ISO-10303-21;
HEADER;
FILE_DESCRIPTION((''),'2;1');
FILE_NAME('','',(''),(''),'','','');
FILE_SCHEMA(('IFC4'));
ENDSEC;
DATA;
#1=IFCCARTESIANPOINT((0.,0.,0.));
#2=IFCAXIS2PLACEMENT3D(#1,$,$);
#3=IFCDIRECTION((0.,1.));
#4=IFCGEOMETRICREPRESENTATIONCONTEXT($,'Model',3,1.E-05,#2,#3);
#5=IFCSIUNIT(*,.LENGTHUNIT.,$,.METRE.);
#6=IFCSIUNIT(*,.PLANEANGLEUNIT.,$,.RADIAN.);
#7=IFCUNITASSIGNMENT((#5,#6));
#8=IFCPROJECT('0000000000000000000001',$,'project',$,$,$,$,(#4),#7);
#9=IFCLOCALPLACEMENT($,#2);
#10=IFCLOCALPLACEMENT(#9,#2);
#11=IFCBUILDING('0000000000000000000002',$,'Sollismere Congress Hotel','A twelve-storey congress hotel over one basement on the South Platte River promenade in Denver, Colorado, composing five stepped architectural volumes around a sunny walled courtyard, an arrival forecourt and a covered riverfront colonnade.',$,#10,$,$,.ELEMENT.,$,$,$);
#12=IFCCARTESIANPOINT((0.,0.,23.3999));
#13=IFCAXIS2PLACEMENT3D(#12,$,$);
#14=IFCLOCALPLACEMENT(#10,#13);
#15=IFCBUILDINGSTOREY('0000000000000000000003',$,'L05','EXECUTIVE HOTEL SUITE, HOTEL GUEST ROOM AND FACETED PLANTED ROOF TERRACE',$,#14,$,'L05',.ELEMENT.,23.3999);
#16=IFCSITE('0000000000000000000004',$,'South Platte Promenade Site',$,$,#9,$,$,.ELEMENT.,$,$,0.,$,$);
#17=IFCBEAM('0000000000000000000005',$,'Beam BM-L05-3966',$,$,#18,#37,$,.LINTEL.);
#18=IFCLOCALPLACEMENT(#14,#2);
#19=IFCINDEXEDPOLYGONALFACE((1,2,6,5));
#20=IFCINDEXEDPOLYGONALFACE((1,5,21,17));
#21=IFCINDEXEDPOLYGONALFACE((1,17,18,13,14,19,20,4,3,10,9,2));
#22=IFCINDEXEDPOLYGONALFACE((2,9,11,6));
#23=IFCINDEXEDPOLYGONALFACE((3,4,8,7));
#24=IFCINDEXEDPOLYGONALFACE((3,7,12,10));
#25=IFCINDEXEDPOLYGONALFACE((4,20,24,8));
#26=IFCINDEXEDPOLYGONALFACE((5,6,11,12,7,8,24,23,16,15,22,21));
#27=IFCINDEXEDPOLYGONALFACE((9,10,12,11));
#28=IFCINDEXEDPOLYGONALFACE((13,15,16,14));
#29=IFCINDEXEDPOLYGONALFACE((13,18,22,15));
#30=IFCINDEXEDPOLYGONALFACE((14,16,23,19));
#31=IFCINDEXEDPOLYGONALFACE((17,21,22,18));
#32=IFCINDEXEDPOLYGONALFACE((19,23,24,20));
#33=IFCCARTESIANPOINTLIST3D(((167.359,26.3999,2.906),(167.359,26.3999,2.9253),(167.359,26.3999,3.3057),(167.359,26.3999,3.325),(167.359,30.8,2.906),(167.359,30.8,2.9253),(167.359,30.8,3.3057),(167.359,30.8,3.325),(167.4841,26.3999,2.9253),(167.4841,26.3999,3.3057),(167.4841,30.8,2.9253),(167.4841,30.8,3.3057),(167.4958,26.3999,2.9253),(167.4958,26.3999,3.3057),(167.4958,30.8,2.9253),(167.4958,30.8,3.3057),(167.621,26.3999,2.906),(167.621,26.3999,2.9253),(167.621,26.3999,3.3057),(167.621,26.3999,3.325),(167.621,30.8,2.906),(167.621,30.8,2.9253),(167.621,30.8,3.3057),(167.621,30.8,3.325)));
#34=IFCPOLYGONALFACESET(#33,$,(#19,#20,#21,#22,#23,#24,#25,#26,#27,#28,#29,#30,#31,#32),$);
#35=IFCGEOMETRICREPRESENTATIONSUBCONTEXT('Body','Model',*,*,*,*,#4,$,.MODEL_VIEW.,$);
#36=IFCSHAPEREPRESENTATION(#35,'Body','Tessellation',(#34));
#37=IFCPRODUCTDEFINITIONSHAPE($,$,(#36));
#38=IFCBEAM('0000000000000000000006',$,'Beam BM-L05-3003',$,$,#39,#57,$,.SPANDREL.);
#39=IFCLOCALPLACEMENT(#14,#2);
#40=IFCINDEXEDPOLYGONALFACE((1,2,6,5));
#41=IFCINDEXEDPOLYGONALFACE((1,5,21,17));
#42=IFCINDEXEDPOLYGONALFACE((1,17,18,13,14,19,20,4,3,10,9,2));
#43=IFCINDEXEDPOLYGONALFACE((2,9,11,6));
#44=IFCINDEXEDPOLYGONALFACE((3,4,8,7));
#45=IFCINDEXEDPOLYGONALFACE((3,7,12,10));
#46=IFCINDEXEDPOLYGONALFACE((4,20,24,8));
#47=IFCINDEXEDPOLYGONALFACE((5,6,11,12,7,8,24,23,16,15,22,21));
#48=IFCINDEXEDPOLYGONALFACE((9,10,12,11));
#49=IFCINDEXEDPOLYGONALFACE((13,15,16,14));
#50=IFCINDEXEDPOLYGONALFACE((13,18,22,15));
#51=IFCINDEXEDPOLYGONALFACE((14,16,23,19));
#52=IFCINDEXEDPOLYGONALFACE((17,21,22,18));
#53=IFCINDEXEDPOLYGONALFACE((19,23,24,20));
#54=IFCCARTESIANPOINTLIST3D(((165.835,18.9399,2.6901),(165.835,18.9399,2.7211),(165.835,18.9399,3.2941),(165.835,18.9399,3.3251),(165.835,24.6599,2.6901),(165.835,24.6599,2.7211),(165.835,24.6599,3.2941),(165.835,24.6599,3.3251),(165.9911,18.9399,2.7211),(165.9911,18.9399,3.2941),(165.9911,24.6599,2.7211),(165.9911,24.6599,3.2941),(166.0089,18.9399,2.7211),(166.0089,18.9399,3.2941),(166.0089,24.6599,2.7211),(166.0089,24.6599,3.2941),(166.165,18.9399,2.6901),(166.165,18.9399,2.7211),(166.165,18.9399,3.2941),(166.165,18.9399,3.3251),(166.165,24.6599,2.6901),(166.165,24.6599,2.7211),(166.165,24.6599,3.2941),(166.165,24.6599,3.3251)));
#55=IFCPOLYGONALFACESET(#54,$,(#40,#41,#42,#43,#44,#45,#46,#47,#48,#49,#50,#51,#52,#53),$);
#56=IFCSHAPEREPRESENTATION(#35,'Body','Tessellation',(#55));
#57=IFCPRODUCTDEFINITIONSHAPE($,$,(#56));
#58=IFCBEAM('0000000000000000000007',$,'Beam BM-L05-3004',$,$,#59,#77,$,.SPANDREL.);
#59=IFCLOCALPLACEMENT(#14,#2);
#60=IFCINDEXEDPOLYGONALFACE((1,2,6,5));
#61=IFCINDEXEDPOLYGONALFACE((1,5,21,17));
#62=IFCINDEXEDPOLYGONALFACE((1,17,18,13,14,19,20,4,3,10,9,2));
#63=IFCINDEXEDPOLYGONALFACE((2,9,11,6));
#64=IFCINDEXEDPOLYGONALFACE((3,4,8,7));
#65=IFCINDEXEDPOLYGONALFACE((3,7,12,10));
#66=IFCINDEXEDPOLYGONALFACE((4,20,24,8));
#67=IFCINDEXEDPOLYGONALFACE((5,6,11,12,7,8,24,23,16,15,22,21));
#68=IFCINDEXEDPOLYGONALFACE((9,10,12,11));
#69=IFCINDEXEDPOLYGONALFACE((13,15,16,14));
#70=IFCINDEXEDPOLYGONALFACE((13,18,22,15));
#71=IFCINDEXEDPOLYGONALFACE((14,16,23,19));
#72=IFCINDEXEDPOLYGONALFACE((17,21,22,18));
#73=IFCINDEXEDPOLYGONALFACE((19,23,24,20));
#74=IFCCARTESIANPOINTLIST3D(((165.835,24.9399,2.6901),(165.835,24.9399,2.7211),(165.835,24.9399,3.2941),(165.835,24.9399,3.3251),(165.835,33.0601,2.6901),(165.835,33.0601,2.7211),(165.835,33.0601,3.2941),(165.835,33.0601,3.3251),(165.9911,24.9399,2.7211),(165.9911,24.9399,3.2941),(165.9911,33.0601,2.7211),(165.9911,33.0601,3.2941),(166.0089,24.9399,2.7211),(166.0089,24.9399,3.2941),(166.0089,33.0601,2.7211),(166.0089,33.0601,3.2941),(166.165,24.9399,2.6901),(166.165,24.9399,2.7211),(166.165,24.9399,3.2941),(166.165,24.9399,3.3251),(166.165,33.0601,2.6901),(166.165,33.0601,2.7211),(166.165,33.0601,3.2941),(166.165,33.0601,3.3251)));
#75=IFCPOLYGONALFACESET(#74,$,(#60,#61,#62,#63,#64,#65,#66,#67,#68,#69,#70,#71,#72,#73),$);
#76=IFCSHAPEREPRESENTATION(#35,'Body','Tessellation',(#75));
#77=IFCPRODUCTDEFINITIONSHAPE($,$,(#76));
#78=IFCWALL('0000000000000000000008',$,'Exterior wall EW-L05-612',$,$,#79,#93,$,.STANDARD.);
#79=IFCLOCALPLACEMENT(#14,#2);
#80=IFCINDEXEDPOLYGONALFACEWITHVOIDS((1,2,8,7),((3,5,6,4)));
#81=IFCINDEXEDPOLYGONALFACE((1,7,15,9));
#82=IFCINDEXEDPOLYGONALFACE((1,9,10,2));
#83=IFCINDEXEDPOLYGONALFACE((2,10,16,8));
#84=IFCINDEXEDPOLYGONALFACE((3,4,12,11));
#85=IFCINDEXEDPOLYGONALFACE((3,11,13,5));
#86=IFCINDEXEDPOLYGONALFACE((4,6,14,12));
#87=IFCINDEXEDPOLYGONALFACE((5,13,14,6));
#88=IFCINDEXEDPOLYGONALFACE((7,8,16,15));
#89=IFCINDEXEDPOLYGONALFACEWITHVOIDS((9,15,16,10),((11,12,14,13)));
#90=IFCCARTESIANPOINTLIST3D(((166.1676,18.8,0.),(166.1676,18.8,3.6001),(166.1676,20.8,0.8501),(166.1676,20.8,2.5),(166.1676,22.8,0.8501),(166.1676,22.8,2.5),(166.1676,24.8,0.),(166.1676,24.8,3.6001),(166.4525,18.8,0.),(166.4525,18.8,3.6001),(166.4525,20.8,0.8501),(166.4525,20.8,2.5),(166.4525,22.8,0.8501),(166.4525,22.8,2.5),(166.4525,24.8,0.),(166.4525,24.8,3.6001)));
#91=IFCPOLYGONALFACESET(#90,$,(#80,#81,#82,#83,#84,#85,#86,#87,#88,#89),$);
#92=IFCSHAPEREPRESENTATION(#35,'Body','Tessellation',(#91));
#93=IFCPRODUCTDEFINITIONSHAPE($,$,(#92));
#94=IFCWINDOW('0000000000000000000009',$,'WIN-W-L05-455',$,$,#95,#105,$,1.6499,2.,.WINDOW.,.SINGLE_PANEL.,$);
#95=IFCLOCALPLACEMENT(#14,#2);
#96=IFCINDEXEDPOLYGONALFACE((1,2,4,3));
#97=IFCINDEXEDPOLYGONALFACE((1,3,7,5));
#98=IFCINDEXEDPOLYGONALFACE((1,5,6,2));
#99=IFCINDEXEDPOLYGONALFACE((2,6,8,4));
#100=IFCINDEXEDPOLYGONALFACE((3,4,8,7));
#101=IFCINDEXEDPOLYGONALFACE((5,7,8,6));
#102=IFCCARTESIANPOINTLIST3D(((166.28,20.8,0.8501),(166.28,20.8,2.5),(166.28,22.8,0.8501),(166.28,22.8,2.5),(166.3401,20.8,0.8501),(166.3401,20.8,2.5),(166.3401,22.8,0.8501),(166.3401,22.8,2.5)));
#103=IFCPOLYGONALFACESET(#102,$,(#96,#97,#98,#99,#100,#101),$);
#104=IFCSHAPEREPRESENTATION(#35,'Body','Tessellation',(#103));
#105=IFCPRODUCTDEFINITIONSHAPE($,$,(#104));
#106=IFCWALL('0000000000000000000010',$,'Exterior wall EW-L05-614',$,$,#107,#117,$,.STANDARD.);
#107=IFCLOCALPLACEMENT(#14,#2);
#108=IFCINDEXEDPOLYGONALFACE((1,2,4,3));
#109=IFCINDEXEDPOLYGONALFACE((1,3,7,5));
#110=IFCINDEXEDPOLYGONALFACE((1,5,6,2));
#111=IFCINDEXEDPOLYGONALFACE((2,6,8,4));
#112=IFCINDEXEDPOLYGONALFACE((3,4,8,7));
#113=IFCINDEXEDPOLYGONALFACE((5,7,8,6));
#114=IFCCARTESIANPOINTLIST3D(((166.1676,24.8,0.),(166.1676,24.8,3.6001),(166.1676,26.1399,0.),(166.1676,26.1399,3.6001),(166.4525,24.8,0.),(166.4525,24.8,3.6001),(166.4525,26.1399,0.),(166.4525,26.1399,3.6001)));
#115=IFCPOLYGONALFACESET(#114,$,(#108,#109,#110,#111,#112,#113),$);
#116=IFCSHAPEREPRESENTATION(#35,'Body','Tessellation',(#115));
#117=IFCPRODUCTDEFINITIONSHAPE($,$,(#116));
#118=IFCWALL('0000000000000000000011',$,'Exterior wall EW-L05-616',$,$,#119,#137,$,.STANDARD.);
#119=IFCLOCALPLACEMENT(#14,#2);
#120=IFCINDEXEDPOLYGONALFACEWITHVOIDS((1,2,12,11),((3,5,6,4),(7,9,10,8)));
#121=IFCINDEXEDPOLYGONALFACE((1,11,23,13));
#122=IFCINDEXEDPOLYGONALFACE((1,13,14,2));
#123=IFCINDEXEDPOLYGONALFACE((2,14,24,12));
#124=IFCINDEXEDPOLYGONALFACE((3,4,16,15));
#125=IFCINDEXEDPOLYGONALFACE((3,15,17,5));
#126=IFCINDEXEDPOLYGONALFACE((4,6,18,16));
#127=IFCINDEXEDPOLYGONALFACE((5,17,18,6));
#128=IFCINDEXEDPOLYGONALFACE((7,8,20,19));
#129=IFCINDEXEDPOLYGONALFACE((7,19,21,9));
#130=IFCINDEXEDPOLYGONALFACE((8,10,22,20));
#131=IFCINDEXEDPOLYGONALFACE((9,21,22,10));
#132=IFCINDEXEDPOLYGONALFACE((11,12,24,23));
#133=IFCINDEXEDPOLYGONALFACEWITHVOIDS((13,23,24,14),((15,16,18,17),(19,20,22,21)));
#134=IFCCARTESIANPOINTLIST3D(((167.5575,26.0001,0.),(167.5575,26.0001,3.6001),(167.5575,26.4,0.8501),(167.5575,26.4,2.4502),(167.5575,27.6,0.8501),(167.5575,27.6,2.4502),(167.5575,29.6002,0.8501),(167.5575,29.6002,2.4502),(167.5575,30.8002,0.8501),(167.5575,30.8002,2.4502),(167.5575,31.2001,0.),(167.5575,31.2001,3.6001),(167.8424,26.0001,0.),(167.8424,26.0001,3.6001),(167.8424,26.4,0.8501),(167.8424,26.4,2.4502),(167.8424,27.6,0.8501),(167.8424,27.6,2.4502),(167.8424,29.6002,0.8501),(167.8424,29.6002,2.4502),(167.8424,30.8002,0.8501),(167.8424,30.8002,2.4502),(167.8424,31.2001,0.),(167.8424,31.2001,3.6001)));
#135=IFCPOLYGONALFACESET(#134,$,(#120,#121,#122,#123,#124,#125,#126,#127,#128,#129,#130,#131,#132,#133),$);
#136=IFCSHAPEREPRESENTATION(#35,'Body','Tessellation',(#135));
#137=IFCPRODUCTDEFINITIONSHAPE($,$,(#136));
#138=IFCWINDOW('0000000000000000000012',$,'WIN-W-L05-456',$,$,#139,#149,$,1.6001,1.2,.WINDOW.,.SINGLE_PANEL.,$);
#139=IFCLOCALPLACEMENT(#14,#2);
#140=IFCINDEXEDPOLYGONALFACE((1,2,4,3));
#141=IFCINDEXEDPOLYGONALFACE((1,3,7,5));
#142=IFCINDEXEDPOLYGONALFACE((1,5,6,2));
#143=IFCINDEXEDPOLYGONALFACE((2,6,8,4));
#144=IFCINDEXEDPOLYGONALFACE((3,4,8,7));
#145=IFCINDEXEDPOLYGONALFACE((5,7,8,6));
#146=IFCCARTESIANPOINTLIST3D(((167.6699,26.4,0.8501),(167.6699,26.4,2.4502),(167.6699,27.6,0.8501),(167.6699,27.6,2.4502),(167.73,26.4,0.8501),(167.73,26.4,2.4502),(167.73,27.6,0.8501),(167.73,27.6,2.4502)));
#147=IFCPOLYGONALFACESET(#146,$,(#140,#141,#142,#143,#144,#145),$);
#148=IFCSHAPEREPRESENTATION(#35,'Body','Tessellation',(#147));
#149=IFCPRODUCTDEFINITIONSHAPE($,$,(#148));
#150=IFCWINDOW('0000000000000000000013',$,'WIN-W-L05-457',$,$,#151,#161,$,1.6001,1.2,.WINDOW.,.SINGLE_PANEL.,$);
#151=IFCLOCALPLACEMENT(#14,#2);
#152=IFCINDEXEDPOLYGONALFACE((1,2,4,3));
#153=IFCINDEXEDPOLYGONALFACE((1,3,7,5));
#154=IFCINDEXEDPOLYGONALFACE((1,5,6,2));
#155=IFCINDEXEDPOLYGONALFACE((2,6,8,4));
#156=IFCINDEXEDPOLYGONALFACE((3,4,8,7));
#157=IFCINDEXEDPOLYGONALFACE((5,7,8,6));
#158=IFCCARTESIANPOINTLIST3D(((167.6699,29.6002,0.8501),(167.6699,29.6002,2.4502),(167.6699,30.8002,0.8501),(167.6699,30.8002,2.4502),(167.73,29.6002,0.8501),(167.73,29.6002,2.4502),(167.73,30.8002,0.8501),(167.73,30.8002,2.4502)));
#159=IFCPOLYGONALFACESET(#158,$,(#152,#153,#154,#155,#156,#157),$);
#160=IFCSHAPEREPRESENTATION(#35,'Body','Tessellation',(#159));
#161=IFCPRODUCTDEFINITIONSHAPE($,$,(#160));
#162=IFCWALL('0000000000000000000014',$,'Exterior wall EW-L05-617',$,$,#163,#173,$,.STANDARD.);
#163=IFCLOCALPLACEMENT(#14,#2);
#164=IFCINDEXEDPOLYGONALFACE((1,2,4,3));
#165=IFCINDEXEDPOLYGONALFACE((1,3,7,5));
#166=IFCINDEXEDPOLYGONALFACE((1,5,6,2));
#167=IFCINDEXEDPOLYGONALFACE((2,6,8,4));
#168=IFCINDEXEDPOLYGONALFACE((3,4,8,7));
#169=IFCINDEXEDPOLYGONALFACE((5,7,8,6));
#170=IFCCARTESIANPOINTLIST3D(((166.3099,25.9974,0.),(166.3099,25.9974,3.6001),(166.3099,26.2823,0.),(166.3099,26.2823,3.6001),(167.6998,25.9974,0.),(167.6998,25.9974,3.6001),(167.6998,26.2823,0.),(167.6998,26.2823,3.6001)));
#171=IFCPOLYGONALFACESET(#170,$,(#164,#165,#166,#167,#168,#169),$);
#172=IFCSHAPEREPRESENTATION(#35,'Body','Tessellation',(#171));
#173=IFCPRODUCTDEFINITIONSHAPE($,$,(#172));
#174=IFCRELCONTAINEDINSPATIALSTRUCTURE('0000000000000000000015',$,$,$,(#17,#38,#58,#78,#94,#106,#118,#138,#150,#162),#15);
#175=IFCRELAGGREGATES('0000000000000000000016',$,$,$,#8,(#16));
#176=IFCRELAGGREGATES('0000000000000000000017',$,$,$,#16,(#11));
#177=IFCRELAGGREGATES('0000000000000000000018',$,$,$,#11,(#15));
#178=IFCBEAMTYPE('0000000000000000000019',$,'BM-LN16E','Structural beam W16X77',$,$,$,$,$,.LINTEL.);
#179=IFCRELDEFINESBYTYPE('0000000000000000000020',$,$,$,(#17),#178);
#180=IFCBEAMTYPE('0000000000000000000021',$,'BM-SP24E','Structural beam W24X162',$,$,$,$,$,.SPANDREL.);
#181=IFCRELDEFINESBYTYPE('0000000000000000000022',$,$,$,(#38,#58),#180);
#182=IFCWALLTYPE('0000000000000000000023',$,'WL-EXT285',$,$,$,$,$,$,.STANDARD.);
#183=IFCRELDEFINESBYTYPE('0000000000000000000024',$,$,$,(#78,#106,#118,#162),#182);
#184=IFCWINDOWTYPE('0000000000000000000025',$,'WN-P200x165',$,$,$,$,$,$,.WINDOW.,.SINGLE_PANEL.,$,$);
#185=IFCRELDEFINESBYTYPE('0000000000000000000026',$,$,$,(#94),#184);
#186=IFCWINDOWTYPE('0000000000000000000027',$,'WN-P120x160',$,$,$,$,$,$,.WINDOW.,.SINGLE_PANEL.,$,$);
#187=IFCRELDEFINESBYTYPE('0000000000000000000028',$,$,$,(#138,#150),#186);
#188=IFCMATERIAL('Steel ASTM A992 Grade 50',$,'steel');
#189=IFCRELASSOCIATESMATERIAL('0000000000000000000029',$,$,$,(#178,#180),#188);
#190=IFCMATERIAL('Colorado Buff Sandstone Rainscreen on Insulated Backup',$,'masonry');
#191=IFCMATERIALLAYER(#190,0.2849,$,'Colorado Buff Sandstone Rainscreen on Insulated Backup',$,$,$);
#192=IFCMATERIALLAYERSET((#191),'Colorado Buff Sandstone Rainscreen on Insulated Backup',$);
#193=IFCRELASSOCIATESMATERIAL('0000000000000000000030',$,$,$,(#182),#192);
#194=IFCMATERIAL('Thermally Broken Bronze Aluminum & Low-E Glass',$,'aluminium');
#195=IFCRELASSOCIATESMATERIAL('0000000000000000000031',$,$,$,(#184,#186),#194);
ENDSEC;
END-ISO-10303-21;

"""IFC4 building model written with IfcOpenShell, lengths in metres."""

from ifc_helpers import new_model, si_unit, direction, frame, frame_2d, origin, origin_2d, place, context, subcontext, project, spatial, rectangle, i_section, extrude, material, layer, layer_set, material_profile, profile_set, type_object, element, fill, save


model = new_model("IFC4")

# Units and contexts
model_context = context("Model", 3, precision=1e-05, world=origin(), true_north=direction((0.0, 1.0)))
body_context = subcontext(model_context, "Body", "Model", "MODEL_VIEW")
ifc_project = project(units=[si_unit("LENGTHUNIT", "METRE"), si_unit("PLANEANGLEUNIT", "RADIAN")], contexts=[model_context])

# Site, building, storey
site_placement = place(None, origin())
site = spatial("IfcSite", under=ifc_project, at=site_placement, Name="South Platte Promenade Site", CompositionType="ELEMENT", RefElevation=0.0)
building_placement = place(site_placement, origin())
building = spatial("IfcBuilding", under=site, at=building_placement, Name="Sollismere Congress Hotel", Description="A twelve-storey congress hotel over one basement on the South Platte River promenade in Denver, Colorado, composing five stepped architectural volumes around a sunny walled courtyard, an arrival forecourt and a covered riverfront colonnade.", CompositionType="ELEMENT")
storey_placement = place(building_placement, frame((0.0, 0.0, 23.3999)))
storey = spatial("IfcBuildingStorey", under=building, at=storey_placement, Name="L05", Description="EXECUTIVE HOTEL SUITE, HOTEL GUEST ROOM AND FACETED PLANTED ROOF TERRACE", LongName="L05", CompositionType="ELEMENT", Elevation=23.3999)

# Shared definitions
ifc_material_1 = material(Name="Steel ASTM A992 Grade 50", Category="steel")

# Beams
ifc_material_profile_1 = material_profile(ifc_material_1, i_section(OverallWidth=0.262, OverallDepth=0.4189, WebThickness=0.0117, FlangeThickness=0.0193, at=origin_2d()), Name="W16X77")
ifc_profile_set_1 = profile_set([ifc_material_profile_1], Name="Steel ASTM A992 Grade 50")
beam_type_1 = type_object("IfcBeamType", Name="BM-LN16E", Description="Structural beam W16X77", PredefinedType="LINTEL", material=ifc_profile_set_1)
beam_1_placement = place(storey_placement, frame((167.49, 26.3999, 3.1155), z_axis=(0.0, 1.0, 0.0), x_axis=(-1.0, 0.0, 0.0)))
element("IfcBeam", 1, at=beam_1_placement, inside=storey, type_object=beam_type_1, Name="Beam BM-L05-3966", PredefinedType="LINTEL", context=body_context, shape_type="SweptSolid", body=[
    extrude(i_section(OverallWidth=0.262, OverallDepth=0.4189, WebThickness=0.0117, FlangeThickness=0.0193, at=origin_2d()), origin(), (0.0, 0.0, 1.0), 4.4001),
])
ifc_material_profile_2 = material_profile(ifc_material_1, i_section(OverallWidth=0.3301, OverallDepth=0.635, WebThickness=0.0178, FlangeThickness=0.031, at=origin_2d()), Name="W24X162")
ifc_profile_set_2 = profile_set([ifc_material_profile_2], Name="Steel ASTM A992 Grade 50")
beam_type_2 = type_object("IfcBeamType", Name="BM-SP24E", Description="Structural beam W24X162", PredefinedType="SPANDREL", material=ifc_profile_set_2)
beam_2_placement = place(storey_placement, frame((166.0, 18.9399, 3.0076), z_axis=(0.0, 1.0, 0.0), x_axis=(-1.0, 0.0, 0.0)))
element("IfcBeam", 2, at=beam_2_placement, inside=storey, type_object=beam_type_2, Name="Beam BM-L05-3003", PredefinedType="SPANDREL", context=body_context, shape_type="SweptSolid", body=[
    extrude(i_section(OverallWidth=0.3301, OverallDepth=0.635, WebThickness=0.0178, FlangeThickness=0.031, at=origin_2d()), origin(), (0.0, 0.0, 1.0), 5.72),
])
beam_3_placement = place(storey_placement, frame((166.0, 24.9399, 3.0076), z_axis=(0.0, 1.0, 0.0), x_axis=(-1.0, 0.0, 0.0)))
element("IfcBeam", 3, at=beam_3_placement, inside=storey, type_object=beam_type_2, Name="Beam BM-L05-3004", PredefinedType="SPANDREL", context=body_context, shape_type="SweptSolid", body=[
    extrude(i_section(OverallWidth=0.3301, OverallDepth=0.635, WebThickness=0.0178, FlangeThickness=0.031, at=origin_2d()), origin(), (0.0, 0.0, 1.0), 8.1201),
])

# Wall, opening, window
ifc_material_2 = material(Name="Colorado Buff Sandstone Rainscreen on Insulated Backup", Category="masonry")
ifc_layer_1 = layer(ifc_material_2, 0.2849, Name="Colorado Buff Sandstone Rainscreen on Insulated Backup")
ifc_layer_set_1 = layer_set([ifc_layer_1], Name="Colorado Buff Sandstone Rainscreen on Insulated Backup")
wall_type_1 = type_object("IfcWallType", Name="WL-EXT285", PredefinedType="STANDARD", material=ifc_layer_set_1)
wall_1_placement = place(storey_placement, frame((166.3101, 18.8, 0.0), z_axis=(0.0, 0.0, 1.0), x_axis=(0.0, 1.0, 0.0)))
wall_1 = element("IfcWall", 4, at=wall_1_placement, inside=storey, type_object=wall_type_1, Name="Exterior wall EW-L05-612", PredefinedType="STANDARD", context=body_context, shape_type="SweptSolid", body=[
    extrude(rectangle(XDim=6.0, YDim=0.2849, at=frame_2d((3.0, 0.0))), origin(), (0.0, 0.0, 1.0), 3.6001),
])
opening_1_placement = place(wall_1_placement, frame((2.0, 0.0, 0.8501)))
opening_1 = element("IfcOpeningElement", 5, at=opening_1_placement, cuts=wall_1, PredefinedType="OPENING", context=body_context, shape_type="SweptSolid", body=[
    extrude(rectangle(XDim=2.0, YDim=1.6499, at=frame_2d((1.0, 0.825))), frame((0.0, 0.1523, 0.0), z_axis=(0.0, -1.0, 0.0), x_axis=(1.0, 0.0, 0.0)), (0.0, 0.0, 1.0), 0.3049),
])
ifc_material_3 = material(Name="Thermally Broken Bronze Aluminum & Low-E Glass", Category="aluminium")
window_type_1 = type_object("IfcWindowType", Name="WN-P200x165", PartitioningType="SINGLE_PANEL", PredefinedType="WINDOW", material=ifc_material_3)
window_1_placement = place(opening_1_placement, origin())
window_1 = element("IfcWindow", 6, at=window_1_placement, inside=storey, type_object=window_type_1, Name="WIN-W-L05-455", OverallHeight=1.6499, OverallWidth=2.0, PartitioningType="SINGLE_PANEL", PredefinedType="WINDOW", context=body_context, shape_type="SweptSolid", body=[
    extrude(rectangle(XDim=2.0, YDim=1.6499, at=frame_2d((1.0, 0.825))), frame((0.0, 0.03, 0.0), z_axis=(0.0, -1.0, 0.0), x_axis=(1.0, 0.0, 0.0)), (0.0, 0.0, 1.0), 0.0601),
])
fill(opening_1, window_1)

# Wall
wall_2_placement = place(storey_placement, frame((166.3101, 24.8, 0.0), z_axis=(0.0, 0.0, 1.0), x_axis=(0.0, 1.0, 0.0)))
element("IfcWall", 7, at=wall_2_placement, inside=storey, type_object=wall_type_1, Name="Exterior wall EW-L05-614", PredefinedType="STANDARD", context=body_context, shape_type="SweptSolid", body=[
    extrude(rectangle(XDim=1.3398, YDim=0.2849, at=frame_2d((0.6699, 0.0))), origin(), (0.0, 0.0, 1.0), 3.6001),
])

# Wall, openings, windows
wall_3_placement = place(storey_placement, frame((167.7, 26.0, 0.0), z_axis=(0.0, 0.0, 1.0), x_axis=(0.0, 1.0, 0.0)))
wall_3 = element("IfcWall", 8, at=wall_3_placement, inside=storey, type_object=wall_type_1, Name="Exterior wall EW-L05-616", PredefinedType="STANDARD", context=body_context, shape_type="SweptSolid", body=[
    extrude(rectangle(XDim=5.2, YDim=0.2849, at=frame_2d((2.6001, 0.0))), origin(), (0.0, 0.0, 1.0), 3.6001),
])
opening_2_placement = place(wall_3_placement, frame((0.3999, 0.0, 0.8501)))
opening_2 = element("IfcOpeningElement", 9, at=opening_2_placement, cuts=wall_3, PredefinedType="OPENING", context=body_context, shape_type="SweptSolid", body=[
    extrude(rectangle(XDim=1.2, YDim=1.6001, at=frame_2d((0.6001, 0.8))), frame((0.0, 0.1523, 0.0), z_axis=(0.0, -1.0, 0.0), x_axis=(1.0, 0.0, 0.0)), (0.0, 0.0, 1.0), 0.3049),
])
opening_3_placement = place(wall_3_placement, frame((3.6001, 0.0, 0.8501)))
opening_3 = element("IfcOpeningElement", 10, at=opening_3_placement, cuts=wall_3, PredefinedType="OPENING", context=body_context, shape_type="SweptSolid", body=[
    extrude(rectangle(XDim=1.2, YDim=1.6001, at=frame_2d((0.6001, 0.8))), frame((0.0, 0.1523, 0.0), z_axis=(0.0, -1.0, 0.0), x_axis=(1.0, 0.0, 0.0)), (0.0, 0.0, 1.0), 0.3049),
])
window_type_2 = type_object("IfcWindowType", Name="WN-P120x160", PartitioningType="SINGLE_PANEL", PredefinedType="WINDOW", material=ifc_material_3)
window_2_placement = place(opening_2_placement, origin())
window_2 = element("IfcWindow", 11, at=window_2_placement, inside=storey, type_object=window_type_2, Name="WIN-W-L05-456", OverallHeight=1.6001, OverallWidth=1.2, PartitioningType="SINGLE_PANEL", PredefinedType="WINDOW", context=body_context, shape_type="SweptSolid", body=[
    extrude(rectangle(XDim=1.2, YDim=1.6001, at=frame_2d((0.6001, 0.8))), frame((0.0, 0.03, 0.0), z_axis=(0.0, -1.0, 0.0), x_axis=(1.0, 0.0, 0.0)), (0.0, 0.0, 1.0), 0.0601),
])
fill(opening_2, window_2)
window_3_placement = place(opening_3_placement, origin())
window_3 = element("IfcWindow", 12, at=window_3_placement, inside=storey, type_object=window_type_2, Name="WIN-W-L05-457", OverallHeight=1.6001, OverallWidth=1.2, PartitioningType="SINGLE_PANEL", PredefinedType="WINDOW", context=body_context, shape_type="SweptSolid", body=[
    extrude(rectangle(XDim=1.2, YDim=1.6001, at=frame_2d((0.6001, 0.8))), frame((0.0, 0.03, 0.0), z_axis=(0.0, -1.0, 0.0), x_axis=(1.0, 0.0, 0.0)), (0.0, 0.0, 1.0), 0.0601),
])
fill(opening_3, window_3)

# Wall
wall_4_placement = place(storey_placement, frame((166.3101, 26.1399, 0.0), z_axis=(0.0, 0.0, 1.0), x_axis=(1.0, 0.0, 0.0)))
element("IfcWall", 13, at=wall_4_placement, inside=storey, type_object=wall_type_1, Name="Exterior wall EW-L05-617", PredefinedType="STANDARD", context=body_context, shape_type="SweptSolid", body=[
    extrude(rectangle(XDim=1.3899, YDim=0.2849, at=frame_2d((0.6948, 0.0))), origin(), (0.0, 0.0, 1.0), 3.6001),
])

save(model, "model.ifc")
